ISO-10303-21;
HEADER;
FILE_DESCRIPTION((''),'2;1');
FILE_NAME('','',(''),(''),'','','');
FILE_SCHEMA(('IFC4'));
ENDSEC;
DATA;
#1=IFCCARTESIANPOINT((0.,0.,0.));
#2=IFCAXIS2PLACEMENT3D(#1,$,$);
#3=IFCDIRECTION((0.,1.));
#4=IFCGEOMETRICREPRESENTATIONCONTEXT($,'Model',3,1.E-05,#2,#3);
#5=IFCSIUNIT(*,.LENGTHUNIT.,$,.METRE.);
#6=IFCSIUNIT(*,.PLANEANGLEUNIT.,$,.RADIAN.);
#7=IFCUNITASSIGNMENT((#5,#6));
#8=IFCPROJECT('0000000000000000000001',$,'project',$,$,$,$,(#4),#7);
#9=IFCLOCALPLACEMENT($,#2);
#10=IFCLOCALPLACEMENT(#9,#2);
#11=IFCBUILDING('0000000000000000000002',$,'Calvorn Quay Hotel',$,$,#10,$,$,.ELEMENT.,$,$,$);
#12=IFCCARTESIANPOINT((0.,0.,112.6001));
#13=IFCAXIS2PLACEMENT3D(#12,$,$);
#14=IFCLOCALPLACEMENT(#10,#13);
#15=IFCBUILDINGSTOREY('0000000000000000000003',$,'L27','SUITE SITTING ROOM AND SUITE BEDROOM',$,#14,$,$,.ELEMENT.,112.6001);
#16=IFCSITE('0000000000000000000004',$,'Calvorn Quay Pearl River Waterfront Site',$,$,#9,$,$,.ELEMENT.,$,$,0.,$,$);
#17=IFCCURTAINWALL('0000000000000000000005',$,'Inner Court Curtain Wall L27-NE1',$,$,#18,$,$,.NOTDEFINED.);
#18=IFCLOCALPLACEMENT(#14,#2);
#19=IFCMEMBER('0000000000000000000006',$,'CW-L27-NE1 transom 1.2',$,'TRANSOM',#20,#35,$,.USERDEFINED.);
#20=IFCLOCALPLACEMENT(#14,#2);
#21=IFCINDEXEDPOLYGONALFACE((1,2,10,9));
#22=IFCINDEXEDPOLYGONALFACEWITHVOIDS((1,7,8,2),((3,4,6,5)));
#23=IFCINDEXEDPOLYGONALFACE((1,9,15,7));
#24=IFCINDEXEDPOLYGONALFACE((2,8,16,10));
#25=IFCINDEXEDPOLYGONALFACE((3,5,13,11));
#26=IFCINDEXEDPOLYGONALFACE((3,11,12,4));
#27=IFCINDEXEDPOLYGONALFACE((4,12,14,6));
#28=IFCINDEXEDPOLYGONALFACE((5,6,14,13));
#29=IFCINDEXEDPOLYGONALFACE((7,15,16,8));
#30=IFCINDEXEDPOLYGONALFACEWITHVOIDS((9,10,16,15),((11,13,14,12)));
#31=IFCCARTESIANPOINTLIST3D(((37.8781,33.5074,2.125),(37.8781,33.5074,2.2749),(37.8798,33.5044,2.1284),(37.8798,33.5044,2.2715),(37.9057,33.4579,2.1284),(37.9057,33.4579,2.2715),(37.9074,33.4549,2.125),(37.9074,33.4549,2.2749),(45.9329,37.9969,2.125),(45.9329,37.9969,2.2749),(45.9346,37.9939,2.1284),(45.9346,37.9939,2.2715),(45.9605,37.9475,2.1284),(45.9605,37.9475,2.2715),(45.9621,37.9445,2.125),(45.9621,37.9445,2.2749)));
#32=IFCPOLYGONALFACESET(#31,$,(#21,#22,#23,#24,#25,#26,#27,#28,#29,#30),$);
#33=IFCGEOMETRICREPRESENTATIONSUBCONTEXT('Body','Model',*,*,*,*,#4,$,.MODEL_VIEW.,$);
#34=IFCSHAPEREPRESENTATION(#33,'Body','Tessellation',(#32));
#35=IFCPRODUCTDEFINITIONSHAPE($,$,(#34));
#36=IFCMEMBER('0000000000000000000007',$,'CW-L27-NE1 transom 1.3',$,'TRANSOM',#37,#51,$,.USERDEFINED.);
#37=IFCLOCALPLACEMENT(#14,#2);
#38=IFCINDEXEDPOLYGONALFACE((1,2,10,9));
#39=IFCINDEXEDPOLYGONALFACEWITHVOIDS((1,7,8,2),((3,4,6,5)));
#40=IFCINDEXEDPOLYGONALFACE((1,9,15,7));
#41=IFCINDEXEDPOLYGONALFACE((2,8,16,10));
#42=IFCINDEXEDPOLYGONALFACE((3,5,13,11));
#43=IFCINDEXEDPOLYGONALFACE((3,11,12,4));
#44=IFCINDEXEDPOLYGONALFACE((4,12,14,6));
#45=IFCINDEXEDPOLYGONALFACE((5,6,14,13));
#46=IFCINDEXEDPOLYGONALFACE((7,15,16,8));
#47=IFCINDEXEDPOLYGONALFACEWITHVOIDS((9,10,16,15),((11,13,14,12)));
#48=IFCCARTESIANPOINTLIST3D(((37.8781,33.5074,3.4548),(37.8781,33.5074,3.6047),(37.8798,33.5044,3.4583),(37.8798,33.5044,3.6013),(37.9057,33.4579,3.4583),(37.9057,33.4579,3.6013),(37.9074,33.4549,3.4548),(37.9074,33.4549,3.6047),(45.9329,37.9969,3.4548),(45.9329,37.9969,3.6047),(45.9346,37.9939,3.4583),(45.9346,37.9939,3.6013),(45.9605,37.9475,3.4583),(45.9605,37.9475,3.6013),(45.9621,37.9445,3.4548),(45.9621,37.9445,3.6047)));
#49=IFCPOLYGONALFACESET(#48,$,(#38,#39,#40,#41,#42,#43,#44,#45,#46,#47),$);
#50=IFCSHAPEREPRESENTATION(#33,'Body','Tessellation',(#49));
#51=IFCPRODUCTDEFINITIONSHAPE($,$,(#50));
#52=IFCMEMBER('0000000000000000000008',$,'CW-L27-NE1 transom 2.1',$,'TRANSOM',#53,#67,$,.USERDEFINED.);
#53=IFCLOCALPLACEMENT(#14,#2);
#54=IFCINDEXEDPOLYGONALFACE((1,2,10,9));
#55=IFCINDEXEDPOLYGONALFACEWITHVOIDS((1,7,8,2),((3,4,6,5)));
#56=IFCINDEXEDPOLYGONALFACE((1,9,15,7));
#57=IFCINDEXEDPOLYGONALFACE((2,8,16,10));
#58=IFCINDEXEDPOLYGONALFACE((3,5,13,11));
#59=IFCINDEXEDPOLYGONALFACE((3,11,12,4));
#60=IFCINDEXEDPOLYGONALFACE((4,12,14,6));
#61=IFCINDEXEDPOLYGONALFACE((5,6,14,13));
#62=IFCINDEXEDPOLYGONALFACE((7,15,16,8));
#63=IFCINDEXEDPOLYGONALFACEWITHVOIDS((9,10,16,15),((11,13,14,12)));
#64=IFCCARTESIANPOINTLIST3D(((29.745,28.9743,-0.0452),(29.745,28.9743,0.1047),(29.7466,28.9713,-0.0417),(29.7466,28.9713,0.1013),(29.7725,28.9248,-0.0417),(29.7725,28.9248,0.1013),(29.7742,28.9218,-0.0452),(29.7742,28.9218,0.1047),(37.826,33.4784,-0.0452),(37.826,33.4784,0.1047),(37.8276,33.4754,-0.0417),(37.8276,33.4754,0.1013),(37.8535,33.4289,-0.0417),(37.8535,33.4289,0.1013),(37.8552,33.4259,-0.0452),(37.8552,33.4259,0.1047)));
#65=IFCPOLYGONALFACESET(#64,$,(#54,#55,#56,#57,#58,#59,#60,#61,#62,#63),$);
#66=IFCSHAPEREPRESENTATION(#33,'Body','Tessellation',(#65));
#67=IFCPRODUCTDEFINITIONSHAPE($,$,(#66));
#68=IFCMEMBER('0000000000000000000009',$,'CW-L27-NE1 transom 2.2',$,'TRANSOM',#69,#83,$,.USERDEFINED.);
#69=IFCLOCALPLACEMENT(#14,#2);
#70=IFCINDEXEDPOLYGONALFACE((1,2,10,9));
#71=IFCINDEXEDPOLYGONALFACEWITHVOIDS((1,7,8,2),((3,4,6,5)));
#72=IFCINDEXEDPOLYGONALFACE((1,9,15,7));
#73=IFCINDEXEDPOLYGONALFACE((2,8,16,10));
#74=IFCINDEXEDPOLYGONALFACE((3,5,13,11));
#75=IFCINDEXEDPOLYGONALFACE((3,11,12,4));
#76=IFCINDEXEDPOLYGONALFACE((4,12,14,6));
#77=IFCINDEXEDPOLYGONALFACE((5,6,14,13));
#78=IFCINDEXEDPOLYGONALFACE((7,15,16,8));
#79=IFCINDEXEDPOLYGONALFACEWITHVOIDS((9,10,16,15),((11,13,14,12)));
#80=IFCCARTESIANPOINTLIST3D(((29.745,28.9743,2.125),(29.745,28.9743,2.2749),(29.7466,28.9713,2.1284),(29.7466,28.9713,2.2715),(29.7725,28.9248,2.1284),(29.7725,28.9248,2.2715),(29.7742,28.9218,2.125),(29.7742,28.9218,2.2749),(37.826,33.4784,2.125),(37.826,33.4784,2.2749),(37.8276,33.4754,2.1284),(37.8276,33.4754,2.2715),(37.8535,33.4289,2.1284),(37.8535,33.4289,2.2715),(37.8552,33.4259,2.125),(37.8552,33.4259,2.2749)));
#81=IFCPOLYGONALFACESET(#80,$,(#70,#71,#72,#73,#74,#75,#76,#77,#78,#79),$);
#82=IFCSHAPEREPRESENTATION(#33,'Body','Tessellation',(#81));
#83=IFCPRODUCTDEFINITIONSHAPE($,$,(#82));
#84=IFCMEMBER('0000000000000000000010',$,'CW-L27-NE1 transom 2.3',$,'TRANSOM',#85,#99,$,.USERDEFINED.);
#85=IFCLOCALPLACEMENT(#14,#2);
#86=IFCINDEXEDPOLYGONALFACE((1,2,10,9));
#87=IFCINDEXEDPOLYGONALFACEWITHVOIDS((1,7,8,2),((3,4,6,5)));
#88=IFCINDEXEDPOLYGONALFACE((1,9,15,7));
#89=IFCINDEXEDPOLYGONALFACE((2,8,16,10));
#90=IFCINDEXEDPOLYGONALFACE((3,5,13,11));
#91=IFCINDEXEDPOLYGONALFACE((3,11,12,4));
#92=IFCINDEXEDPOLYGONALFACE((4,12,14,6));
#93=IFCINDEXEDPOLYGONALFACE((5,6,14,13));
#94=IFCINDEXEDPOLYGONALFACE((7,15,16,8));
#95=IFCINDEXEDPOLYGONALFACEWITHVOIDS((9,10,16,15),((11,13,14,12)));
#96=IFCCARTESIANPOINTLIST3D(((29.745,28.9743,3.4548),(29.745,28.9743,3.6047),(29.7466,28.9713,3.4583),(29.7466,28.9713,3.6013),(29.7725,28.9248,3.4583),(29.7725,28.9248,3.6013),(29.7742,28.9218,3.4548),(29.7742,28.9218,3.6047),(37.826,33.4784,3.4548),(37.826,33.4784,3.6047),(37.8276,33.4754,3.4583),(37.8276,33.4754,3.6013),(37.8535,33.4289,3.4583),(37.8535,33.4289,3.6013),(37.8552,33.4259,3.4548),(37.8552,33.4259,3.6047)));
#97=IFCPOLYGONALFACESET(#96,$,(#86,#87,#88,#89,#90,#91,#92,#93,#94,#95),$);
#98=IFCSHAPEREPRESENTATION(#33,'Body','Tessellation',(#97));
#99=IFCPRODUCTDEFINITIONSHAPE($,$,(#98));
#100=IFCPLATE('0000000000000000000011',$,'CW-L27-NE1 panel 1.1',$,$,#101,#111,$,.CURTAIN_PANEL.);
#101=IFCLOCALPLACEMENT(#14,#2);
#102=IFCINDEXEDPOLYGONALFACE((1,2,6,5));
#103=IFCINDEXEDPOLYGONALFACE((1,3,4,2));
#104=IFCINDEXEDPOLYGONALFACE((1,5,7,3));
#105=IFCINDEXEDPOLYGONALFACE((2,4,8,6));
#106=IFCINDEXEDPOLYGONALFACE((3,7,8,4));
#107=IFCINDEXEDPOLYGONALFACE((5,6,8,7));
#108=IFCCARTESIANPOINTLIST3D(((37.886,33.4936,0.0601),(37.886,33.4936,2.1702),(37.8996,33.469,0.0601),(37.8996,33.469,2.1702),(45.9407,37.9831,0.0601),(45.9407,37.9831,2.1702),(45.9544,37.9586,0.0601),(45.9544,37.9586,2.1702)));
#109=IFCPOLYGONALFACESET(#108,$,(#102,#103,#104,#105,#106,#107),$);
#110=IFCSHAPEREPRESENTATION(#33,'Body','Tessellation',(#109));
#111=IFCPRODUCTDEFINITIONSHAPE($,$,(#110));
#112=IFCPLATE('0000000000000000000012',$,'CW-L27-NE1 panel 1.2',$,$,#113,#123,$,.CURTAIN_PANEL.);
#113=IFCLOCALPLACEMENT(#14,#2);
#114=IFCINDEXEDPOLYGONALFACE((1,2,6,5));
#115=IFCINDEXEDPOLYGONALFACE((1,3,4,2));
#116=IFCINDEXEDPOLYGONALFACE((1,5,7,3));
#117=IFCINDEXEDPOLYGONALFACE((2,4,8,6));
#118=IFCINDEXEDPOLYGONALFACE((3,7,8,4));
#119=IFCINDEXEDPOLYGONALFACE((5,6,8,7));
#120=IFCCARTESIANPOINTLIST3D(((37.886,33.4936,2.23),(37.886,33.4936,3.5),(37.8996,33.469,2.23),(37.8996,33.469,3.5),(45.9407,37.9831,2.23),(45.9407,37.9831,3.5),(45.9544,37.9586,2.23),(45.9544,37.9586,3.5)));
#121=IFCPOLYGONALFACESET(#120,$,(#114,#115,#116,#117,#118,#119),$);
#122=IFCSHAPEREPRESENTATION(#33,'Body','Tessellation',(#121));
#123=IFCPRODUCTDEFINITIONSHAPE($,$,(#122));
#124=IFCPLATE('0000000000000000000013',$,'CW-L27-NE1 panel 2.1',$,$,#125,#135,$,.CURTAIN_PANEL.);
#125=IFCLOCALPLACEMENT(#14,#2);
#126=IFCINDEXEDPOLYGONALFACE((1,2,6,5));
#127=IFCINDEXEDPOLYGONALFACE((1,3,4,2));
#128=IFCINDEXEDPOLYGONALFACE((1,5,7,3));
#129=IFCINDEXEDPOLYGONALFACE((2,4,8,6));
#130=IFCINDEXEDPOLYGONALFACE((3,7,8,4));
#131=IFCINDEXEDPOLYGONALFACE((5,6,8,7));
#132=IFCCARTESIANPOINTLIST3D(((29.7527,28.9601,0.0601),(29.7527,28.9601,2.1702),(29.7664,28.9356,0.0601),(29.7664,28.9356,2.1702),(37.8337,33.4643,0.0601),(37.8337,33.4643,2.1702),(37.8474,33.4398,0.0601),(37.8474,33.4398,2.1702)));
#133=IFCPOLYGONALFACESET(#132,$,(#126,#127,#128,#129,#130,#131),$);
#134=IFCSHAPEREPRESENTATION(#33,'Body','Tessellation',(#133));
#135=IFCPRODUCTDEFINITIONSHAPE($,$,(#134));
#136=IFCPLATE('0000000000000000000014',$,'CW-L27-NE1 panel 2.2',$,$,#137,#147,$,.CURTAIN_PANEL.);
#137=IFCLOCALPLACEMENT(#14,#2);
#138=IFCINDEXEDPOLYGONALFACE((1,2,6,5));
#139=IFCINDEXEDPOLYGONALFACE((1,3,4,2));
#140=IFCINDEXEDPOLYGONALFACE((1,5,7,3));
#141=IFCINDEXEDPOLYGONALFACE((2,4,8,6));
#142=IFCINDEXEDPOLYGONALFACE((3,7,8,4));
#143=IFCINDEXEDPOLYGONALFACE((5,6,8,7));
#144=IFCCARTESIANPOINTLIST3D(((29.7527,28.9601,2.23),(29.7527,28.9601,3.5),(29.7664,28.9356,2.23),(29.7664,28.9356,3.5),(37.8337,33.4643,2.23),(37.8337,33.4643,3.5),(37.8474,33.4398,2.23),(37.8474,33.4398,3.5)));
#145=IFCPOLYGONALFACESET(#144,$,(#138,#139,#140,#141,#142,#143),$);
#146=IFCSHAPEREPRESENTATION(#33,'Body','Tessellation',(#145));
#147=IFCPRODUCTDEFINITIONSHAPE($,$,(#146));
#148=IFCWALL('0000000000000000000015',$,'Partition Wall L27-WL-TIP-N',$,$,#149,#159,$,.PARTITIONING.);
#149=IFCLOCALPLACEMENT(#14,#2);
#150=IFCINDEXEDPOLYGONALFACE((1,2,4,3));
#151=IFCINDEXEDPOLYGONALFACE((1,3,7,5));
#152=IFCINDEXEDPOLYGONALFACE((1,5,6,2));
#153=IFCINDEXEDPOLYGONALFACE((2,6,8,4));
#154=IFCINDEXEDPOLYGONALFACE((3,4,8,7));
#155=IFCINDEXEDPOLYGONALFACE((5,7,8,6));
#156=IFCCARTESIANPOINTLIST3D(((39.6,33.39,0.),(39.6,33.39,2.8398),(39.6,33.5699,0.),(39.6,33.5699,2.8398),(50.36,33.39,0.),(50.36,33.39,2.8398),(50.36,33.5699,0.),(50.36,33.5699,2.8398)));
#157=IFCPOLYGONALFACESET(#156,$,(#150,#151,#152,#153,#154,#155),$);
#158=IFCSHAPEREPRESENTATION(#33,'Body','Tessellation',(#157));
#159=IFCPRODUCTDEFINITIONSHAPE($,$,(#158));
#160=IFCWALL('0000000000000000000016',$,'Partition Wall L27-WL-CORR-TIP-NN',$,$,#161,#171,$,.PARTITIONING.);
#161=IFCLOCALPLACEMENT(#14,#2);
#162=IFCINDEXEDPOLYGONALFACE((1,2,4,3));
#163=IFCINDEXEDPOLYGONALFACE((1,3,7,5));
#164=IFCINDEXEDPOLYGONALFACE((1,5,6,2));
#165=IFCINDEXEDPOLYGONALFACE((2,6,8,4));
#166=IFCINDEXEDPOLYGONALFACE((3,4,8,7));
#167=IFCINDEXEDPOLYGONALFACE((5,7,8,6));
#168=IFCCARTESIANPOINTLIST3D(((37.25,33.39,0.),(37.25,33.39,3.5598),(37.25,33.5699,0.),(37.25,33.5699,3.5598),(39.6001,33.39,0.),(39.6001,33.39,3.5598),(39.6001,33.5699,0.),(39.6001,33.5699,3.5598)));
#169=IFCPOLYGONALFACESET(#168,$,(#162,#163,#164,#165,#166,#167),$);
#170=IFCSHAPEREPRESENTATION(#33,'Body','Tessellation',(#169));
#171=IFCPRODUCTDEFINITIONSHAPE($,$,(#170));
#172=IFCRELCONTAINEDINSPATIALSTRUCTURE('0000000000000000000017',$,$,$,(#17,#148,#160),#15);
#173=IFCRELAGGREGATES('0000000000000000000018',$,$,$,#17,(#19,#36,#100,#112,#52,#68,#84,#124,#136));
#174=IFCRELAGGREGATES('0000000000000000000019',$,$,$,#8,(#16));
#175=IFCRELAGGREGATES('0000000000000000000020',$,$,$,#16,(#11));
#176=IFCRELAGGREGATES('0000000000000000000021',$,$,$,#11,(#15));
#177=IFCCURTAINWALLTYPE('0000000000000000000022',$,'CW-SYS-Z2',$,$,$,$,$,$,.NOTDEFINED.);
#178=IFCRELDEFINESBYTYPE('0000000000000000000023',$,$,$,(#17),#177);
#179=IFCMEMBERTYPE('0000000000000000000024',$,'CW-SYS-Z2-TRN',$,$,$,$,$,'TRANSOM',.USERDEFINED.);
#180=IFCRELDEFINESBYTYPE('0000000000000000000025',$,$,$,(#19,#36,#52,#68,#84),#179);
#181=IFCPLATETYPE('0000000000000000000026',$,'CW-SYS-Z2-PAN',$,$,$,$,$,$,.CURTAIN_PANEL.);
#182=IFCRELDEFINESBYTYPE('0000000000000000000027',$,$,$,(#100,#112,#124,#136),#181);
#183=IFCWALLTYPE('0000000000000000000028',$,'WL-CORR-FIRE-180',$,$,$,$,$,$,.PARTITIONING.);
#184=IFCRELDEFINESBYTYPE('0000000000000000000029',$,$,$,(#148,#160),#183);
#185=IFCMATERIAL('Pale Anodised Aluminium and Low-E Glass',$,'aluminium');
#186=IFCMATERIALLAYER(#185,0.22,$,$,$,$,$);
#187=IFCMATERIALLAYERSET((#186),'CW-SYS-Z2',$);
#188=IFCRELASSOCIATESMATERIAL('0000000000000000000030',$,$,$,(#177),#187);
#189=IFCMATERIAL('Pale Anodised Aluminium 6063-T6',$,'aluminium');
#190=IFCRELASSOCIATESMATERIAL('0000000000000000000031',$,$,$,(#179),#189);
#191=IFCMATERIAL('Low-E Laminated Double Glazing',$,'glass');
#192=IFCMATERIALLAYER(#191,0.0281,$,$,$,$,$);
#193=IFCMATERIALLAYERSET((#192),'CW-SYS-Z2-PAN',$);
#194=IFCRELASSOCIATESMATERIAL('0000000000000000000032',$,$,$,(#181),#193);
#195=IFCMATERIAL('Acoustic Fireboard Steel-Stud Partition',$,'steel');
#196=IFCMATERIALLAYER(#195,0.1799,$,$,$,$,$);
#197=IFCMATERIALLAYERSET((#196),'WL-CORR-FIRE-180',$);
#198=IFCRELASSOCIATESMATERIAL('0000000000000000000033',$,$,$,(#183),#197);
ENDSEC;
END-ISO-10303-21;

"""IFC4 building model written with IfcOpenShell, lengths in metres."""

from ifc_helpers import new_model, si_unit, direction, frame, frame_2d, origin, origin_2d, place, context, subcontext, project, spatial, rectangle, hollow_rectangle, extrude, material, layer, layer_set, material_profile, profile_set, type_object, element, aggregate, save


model = new_model("IFC4")

# Units and contexts
model_context = context("Model", 3, precision=1e-05, world=origin(), true_north=direction((0.0, 1.0)))
body_context = subcontext(model_context, "Body", "Model", "MODEL_VIEW")
ifc_project = project(units=[si_unit("LENGTHUNIT", "METRE"), si_unit("PLANEANGLEUNIT", "RADIAN")], contexts=[model_context])

# Site, building, storey
site_placement = place(None, origin())
site = spatial("IfcSite", under=ifc_project, at=site_placement, Name="Calvorn Quay Pearl River Waterfront Site", CompositionType="ELEMENT", RefElevation=0.0)
building_placement = place(site_placement, origin())
building = spatial("IfcBuilding", under=site, at=building_placement, Name="Calvorn Quay Hotel", CompositionType="ELEMENT")
storey_placement = place(building_placement, frame((0.0, 0.0, 112.6001)))
storey = spatial("IfcBuildingStorey", under=building, at=storey_placement, Name="L27", Description="SUITE SITTING ROOM AND SUITE BEDROOM", CompositionType="ELEMENT", Elevation=112.6001)

# Curtain wall, members, plates
ifc_material_1 = material(Name="Pale Anodised Aluminium and Low-E Glass", Category="aluminium")
ifc_layer_1 = layer(ifc_material_1, 0.22)
ifc_layer_set_1 = layer_set([ifc_layer_1], Name="CW-SYS-Z2")
curtain_wall_type = type_object("IfcCurtainWallType", Name="CW-SYS-Z2", PredefinedType="NOTDEFINED", material=ifc_layer_set_1)
curtain_wall_placement = place(storey_placement, origin())
curtain_wall = element("IfcCurtainWall", 1, at=curtain_wall_placement, inside=storey, type_object=curtain_wall_type, Name="Inner Court Curtain Wall L27-NE1", PredefinedType="NOTDEFINED")
ifc_material_2 = material(Name="Pale Anodised Aluminium 6063-T6", Category="aluminium")
ifc_material_profile_1 = material_profile(ifc_material_2, hollow_rectangle(XDim=0.0601, YDim=0.1499, WallThickness=0.0034, at=origin_2d()), Name="ALU-T150x60x3.5")
ifc_profile_set_1 = profile_set([ifc_material_profile_1], Name="Pale Anodised Aluminium 6063-T6")
member_type_1 = type_object("IfcMemberType", Name="CW-SYS-Z2-TRN", ElementType="TRANSOM", PredefinedType="USERDEFINED", material=ifc_profile_set_1)
member_1_placement = place(storey_placement, frame((45.9475, 37.9707, 2.2), z_axis=(-0.873481, -0.486859, 0.0), x_axis=(0.486859, -0.873481, 0.0)))
member_1 = element("IfcMember", 2, at=member_1_placement, type_object=member_type_1, Name="CW-L27-NE1 transom 1.2", ObjectType="TRANSOM", PredefinedType="USERDEFINED", context=body_context, shape_type="SweptSolid", body=[
    extrude(hollow_rectangle(XDim=0.0601, YDim=0.1499, WallThickness=0.0034, at=origin_2d()), origin(), (0.0, 0.0, 1.0), 9.2214),
])
member_2_placement = place(storey_placement, frame((45.9475, 37.9707, 3.5298), z_axis=(-0.873481, -0.486859, 0.0), x_axis=(0.486859, -0.873481, 0.0)))
member_2 = element("IfcMember", 3, at=member_2_placement, type_object=member_type_1, Name="CW-L27-NE1 transom 1.3", ObjectType="TRANSOM", PredefinedType="USERDEFINED", context=body_context, shape_type="SweptSolid", body=[
    extrude(hollow_rectangle(XDim=0.0601, YDim=0.1499, WallThickness=0.0034, at=origin_2d()), origin(), (0.0, 0.0, 1.0), 9.2214),
])
member_3_placement = place(storey_placement, frame((37.8406, 33.4521, 0.0298), z_axis=(-0.873483, -0.486855, 0.0), x_axis=(0.486855, -0.873483, 0.0)))
member_3 = element("IfcMember", 4, at=member_3_placement, type_object=member_type_1, Name="CW-L27-NE1 transom 2.1", ObjectType="TRANSOM", PredefinedType="USERDEFINED", context=body_context, shape_type="SweptSolid", body=[
    extrude(hollow_rectangle(XDim=0.0601, YDim=0.1499, WallThickness=0.0034, at=origin_2d()), origin(), (0.0, 0.0, 1.0), 9.2515),
])
member_4_placement = place(storey_placement, frame((37.8406, 33.4521, 2.2), z_axis=(-0.873483, -0.486855, 0.0), x_axis=(0.486855, -0.873483, 0.0)))
member_4 = element("IfcMember", 5, at=member_4_placement, type_object=member_type_1, Name="CW-L27-NE1 transom 2.2", ObjectType="TRANSOM", PredefinedType="USERDEFINED", context=body_context, shape_type="SweptSolid", body=[
    extrude(hollow_rectangle(XDim=0.0601, YDim=0.1499, WallThickness=0.0034, at=origin_2d()), origin(), (0.0, 0.0, 1.0), 9.2515),
])
member_5_placement = place(storey_placement, frame((37.8406, 33.4521, 3.5298), z_axis=(-0.873483, -0.486855, 0.0), x_axis=(0.486855, -0.873483, 0.0)))
member_5 = element("IfcMember", 6, at=member_5_placement, type_object=member_type_1, Name="CW-L27-NE1 transom 2.3", ObjectType="TRANSOM", PredefinedType="USERDEFINED", context=body_context, shape_type="SweptSolid", body=[
    extrude(hollow_rectangle(XDim=0.0601, YDim=0.1499, WallThickness=0.0034, at=origin_2d()), origin(), (0.0, 0.0, 1.0), 9.2515),
])
ifc_material_3 = material(Name="Low-E Laminated Double Glazing", Category="glass")
ifc_layer_2 = layer(ifc_material_3, 0.0281)
ifc_layer_set_2 = layer_set([ifc_layer_2], Name="CW-SYS-Z2-PAN")
plate_type = type_object("IfcPlateType", Name="CW-SYS-Z2-PAN", PredefinedType="CURTAIN_PANEL", material=ifc_layer_set_2)
plate_1_placement = place(storey_placement, frame((41.9202, 35.7261, 0.0601), z_axis=(0.0, 0.0, 1.0), x_axis=(-0.873481, -0.486858, 0.0)))
plate_1 = element("IfcPlate", 7, at=plate_1_placement, type_object=plate_type, Name="CW-L27-NE1 panel 1.1", PredefinedType="CURTAIN_PANEL", context=body_context, shape_type="SweptSolid", body=[
    extrude(rectangle(XDim=9.2214, YDim=0.0281, at=origin_2d()), origin(), (0.0, 0.0, 1.0), 2.1101),
])
plate_2_placement = place(storey_placement, frame((41.9202, 35.7261, 2.23), z_axis=(0.0, 0.0, 1.0), x_axis=(-0.873481, -0.486858, 0.0)))
plate_2 = element("IfcPlate", 8, at=plate_2_placement, type_object=plate_type, Name="CW-L27-NE1 panel 1.2", PredefinedType="CURTAIN_PANEL", context=body_context, shape_type="SweptSolid", body=[
    extrude(rectangle(XDim=9.2214, YDim=0.0281, at=origin_2d()), origin(), (0.0, 0.0, 1.0), 1.27),
])
plate_3_placement = place(storey_placement, frame((33.8, 31.2, 0.0601), z_axis=(0.0, 0.0, 1.0), x_axis=(-0.873481, -0.486858, 0.0)))
plate_3 = element("IfcPlate", 9, at=plate_3_placement, type_object=plate_type, Name="CW-L27-NE1 panel 2.1", PredefinedType="CURTAIN_PANEL", context=body_context, shape_type="SweptSolid", body=[
    extrude(rectangle(XDim=9.2515, YDim=0.0281, at=origin_2d()), origin(), (0.0, 0.0, 1.0), 2.1101),
])
plate_4_placement = place(storey_placement, frame((33.8, 31.2, 2.23), z_axis=(0.0, 0.0, 1.0), x_axis=(-0.873481, -0.486858, 0.0)))
plate_4 = element("IfcPlate", 10, at=plate_4_placement, type_object=plate_type, Name="CW-L27-NE1 panel 2.2", PredefinedType="CURTAIN_PANEL", context=body_context, shape_type="SweptSolid", body=[
    extrude(rectangle(XDim=9.2515, YDim=0.0281, at=origin_2d()), origin(), (0.0, 0.0, 1.0), 1.27),
])
aggregate(curtain_wall, [member_1, member_2, plate_1, plate_2, member_3, member_4, member_5, plate_3, plate_4])

# Walls
ifc_material_4 = material(Name="Acoustic Fireboard Steel-Stud Partition", Category="steel")
ifc_layer_3 = layer(ifc_material_4, 0.1799)
ifc_layer_set_3 = layer_set([ifc_layer_3], Name="WL-CORR-FIRE-180")
wall_type_1 = type_object("IfcWallType", Name="WL-CORR-FIRE-180", PredefinedType="PARTITIONING", material=ifc_layer_set_3)
wall_1_placement = place(storey_placement, frame((39.6001, 33.48, 0.0), z_axis=(0.0, 0.0, 1.0), x_axis=(1.0, 0.0, 0.0)))
element("IfcWall", 11, at=wall_1_placement, inside=storey, type_object=wall_type_1, Name="Partition Wall L27-WL-TIP-N", PredefinedType="PARTITIONING", context=body_context, shape_type="SweptSolid", body=[
    extrude(rectangle(XDim=10.76, YDim=0.1799, at=frame_2d((5.3799, 0.0))), origin(), (0.0, 0.0, 1.0), 2.8398),
])
wall_2_placement = place(storey_placement, frame((37.25, 33.48, 0.0), z_axis=(0.0, 0.0, 1.0), x_axis=(1.0, 0.0, 0.0)))
element("IfcWall", 12, at=wall_2_placement, inside=storey, type_object=wall_type_1, Name="Partition Wall L27-WL-CORR-TIP-NN", PredefinedType="PARTITIONING", context=body_context, shape_type="SweptSolid", body=[
    extrude(rectangle(XDim=2.3501, YDim=0.1799, at=frame_2d((1.175, 0.0))), origin(), (0.0, 0.0, 1.0), 3.5598),
])

save(model, "model.ifc")
